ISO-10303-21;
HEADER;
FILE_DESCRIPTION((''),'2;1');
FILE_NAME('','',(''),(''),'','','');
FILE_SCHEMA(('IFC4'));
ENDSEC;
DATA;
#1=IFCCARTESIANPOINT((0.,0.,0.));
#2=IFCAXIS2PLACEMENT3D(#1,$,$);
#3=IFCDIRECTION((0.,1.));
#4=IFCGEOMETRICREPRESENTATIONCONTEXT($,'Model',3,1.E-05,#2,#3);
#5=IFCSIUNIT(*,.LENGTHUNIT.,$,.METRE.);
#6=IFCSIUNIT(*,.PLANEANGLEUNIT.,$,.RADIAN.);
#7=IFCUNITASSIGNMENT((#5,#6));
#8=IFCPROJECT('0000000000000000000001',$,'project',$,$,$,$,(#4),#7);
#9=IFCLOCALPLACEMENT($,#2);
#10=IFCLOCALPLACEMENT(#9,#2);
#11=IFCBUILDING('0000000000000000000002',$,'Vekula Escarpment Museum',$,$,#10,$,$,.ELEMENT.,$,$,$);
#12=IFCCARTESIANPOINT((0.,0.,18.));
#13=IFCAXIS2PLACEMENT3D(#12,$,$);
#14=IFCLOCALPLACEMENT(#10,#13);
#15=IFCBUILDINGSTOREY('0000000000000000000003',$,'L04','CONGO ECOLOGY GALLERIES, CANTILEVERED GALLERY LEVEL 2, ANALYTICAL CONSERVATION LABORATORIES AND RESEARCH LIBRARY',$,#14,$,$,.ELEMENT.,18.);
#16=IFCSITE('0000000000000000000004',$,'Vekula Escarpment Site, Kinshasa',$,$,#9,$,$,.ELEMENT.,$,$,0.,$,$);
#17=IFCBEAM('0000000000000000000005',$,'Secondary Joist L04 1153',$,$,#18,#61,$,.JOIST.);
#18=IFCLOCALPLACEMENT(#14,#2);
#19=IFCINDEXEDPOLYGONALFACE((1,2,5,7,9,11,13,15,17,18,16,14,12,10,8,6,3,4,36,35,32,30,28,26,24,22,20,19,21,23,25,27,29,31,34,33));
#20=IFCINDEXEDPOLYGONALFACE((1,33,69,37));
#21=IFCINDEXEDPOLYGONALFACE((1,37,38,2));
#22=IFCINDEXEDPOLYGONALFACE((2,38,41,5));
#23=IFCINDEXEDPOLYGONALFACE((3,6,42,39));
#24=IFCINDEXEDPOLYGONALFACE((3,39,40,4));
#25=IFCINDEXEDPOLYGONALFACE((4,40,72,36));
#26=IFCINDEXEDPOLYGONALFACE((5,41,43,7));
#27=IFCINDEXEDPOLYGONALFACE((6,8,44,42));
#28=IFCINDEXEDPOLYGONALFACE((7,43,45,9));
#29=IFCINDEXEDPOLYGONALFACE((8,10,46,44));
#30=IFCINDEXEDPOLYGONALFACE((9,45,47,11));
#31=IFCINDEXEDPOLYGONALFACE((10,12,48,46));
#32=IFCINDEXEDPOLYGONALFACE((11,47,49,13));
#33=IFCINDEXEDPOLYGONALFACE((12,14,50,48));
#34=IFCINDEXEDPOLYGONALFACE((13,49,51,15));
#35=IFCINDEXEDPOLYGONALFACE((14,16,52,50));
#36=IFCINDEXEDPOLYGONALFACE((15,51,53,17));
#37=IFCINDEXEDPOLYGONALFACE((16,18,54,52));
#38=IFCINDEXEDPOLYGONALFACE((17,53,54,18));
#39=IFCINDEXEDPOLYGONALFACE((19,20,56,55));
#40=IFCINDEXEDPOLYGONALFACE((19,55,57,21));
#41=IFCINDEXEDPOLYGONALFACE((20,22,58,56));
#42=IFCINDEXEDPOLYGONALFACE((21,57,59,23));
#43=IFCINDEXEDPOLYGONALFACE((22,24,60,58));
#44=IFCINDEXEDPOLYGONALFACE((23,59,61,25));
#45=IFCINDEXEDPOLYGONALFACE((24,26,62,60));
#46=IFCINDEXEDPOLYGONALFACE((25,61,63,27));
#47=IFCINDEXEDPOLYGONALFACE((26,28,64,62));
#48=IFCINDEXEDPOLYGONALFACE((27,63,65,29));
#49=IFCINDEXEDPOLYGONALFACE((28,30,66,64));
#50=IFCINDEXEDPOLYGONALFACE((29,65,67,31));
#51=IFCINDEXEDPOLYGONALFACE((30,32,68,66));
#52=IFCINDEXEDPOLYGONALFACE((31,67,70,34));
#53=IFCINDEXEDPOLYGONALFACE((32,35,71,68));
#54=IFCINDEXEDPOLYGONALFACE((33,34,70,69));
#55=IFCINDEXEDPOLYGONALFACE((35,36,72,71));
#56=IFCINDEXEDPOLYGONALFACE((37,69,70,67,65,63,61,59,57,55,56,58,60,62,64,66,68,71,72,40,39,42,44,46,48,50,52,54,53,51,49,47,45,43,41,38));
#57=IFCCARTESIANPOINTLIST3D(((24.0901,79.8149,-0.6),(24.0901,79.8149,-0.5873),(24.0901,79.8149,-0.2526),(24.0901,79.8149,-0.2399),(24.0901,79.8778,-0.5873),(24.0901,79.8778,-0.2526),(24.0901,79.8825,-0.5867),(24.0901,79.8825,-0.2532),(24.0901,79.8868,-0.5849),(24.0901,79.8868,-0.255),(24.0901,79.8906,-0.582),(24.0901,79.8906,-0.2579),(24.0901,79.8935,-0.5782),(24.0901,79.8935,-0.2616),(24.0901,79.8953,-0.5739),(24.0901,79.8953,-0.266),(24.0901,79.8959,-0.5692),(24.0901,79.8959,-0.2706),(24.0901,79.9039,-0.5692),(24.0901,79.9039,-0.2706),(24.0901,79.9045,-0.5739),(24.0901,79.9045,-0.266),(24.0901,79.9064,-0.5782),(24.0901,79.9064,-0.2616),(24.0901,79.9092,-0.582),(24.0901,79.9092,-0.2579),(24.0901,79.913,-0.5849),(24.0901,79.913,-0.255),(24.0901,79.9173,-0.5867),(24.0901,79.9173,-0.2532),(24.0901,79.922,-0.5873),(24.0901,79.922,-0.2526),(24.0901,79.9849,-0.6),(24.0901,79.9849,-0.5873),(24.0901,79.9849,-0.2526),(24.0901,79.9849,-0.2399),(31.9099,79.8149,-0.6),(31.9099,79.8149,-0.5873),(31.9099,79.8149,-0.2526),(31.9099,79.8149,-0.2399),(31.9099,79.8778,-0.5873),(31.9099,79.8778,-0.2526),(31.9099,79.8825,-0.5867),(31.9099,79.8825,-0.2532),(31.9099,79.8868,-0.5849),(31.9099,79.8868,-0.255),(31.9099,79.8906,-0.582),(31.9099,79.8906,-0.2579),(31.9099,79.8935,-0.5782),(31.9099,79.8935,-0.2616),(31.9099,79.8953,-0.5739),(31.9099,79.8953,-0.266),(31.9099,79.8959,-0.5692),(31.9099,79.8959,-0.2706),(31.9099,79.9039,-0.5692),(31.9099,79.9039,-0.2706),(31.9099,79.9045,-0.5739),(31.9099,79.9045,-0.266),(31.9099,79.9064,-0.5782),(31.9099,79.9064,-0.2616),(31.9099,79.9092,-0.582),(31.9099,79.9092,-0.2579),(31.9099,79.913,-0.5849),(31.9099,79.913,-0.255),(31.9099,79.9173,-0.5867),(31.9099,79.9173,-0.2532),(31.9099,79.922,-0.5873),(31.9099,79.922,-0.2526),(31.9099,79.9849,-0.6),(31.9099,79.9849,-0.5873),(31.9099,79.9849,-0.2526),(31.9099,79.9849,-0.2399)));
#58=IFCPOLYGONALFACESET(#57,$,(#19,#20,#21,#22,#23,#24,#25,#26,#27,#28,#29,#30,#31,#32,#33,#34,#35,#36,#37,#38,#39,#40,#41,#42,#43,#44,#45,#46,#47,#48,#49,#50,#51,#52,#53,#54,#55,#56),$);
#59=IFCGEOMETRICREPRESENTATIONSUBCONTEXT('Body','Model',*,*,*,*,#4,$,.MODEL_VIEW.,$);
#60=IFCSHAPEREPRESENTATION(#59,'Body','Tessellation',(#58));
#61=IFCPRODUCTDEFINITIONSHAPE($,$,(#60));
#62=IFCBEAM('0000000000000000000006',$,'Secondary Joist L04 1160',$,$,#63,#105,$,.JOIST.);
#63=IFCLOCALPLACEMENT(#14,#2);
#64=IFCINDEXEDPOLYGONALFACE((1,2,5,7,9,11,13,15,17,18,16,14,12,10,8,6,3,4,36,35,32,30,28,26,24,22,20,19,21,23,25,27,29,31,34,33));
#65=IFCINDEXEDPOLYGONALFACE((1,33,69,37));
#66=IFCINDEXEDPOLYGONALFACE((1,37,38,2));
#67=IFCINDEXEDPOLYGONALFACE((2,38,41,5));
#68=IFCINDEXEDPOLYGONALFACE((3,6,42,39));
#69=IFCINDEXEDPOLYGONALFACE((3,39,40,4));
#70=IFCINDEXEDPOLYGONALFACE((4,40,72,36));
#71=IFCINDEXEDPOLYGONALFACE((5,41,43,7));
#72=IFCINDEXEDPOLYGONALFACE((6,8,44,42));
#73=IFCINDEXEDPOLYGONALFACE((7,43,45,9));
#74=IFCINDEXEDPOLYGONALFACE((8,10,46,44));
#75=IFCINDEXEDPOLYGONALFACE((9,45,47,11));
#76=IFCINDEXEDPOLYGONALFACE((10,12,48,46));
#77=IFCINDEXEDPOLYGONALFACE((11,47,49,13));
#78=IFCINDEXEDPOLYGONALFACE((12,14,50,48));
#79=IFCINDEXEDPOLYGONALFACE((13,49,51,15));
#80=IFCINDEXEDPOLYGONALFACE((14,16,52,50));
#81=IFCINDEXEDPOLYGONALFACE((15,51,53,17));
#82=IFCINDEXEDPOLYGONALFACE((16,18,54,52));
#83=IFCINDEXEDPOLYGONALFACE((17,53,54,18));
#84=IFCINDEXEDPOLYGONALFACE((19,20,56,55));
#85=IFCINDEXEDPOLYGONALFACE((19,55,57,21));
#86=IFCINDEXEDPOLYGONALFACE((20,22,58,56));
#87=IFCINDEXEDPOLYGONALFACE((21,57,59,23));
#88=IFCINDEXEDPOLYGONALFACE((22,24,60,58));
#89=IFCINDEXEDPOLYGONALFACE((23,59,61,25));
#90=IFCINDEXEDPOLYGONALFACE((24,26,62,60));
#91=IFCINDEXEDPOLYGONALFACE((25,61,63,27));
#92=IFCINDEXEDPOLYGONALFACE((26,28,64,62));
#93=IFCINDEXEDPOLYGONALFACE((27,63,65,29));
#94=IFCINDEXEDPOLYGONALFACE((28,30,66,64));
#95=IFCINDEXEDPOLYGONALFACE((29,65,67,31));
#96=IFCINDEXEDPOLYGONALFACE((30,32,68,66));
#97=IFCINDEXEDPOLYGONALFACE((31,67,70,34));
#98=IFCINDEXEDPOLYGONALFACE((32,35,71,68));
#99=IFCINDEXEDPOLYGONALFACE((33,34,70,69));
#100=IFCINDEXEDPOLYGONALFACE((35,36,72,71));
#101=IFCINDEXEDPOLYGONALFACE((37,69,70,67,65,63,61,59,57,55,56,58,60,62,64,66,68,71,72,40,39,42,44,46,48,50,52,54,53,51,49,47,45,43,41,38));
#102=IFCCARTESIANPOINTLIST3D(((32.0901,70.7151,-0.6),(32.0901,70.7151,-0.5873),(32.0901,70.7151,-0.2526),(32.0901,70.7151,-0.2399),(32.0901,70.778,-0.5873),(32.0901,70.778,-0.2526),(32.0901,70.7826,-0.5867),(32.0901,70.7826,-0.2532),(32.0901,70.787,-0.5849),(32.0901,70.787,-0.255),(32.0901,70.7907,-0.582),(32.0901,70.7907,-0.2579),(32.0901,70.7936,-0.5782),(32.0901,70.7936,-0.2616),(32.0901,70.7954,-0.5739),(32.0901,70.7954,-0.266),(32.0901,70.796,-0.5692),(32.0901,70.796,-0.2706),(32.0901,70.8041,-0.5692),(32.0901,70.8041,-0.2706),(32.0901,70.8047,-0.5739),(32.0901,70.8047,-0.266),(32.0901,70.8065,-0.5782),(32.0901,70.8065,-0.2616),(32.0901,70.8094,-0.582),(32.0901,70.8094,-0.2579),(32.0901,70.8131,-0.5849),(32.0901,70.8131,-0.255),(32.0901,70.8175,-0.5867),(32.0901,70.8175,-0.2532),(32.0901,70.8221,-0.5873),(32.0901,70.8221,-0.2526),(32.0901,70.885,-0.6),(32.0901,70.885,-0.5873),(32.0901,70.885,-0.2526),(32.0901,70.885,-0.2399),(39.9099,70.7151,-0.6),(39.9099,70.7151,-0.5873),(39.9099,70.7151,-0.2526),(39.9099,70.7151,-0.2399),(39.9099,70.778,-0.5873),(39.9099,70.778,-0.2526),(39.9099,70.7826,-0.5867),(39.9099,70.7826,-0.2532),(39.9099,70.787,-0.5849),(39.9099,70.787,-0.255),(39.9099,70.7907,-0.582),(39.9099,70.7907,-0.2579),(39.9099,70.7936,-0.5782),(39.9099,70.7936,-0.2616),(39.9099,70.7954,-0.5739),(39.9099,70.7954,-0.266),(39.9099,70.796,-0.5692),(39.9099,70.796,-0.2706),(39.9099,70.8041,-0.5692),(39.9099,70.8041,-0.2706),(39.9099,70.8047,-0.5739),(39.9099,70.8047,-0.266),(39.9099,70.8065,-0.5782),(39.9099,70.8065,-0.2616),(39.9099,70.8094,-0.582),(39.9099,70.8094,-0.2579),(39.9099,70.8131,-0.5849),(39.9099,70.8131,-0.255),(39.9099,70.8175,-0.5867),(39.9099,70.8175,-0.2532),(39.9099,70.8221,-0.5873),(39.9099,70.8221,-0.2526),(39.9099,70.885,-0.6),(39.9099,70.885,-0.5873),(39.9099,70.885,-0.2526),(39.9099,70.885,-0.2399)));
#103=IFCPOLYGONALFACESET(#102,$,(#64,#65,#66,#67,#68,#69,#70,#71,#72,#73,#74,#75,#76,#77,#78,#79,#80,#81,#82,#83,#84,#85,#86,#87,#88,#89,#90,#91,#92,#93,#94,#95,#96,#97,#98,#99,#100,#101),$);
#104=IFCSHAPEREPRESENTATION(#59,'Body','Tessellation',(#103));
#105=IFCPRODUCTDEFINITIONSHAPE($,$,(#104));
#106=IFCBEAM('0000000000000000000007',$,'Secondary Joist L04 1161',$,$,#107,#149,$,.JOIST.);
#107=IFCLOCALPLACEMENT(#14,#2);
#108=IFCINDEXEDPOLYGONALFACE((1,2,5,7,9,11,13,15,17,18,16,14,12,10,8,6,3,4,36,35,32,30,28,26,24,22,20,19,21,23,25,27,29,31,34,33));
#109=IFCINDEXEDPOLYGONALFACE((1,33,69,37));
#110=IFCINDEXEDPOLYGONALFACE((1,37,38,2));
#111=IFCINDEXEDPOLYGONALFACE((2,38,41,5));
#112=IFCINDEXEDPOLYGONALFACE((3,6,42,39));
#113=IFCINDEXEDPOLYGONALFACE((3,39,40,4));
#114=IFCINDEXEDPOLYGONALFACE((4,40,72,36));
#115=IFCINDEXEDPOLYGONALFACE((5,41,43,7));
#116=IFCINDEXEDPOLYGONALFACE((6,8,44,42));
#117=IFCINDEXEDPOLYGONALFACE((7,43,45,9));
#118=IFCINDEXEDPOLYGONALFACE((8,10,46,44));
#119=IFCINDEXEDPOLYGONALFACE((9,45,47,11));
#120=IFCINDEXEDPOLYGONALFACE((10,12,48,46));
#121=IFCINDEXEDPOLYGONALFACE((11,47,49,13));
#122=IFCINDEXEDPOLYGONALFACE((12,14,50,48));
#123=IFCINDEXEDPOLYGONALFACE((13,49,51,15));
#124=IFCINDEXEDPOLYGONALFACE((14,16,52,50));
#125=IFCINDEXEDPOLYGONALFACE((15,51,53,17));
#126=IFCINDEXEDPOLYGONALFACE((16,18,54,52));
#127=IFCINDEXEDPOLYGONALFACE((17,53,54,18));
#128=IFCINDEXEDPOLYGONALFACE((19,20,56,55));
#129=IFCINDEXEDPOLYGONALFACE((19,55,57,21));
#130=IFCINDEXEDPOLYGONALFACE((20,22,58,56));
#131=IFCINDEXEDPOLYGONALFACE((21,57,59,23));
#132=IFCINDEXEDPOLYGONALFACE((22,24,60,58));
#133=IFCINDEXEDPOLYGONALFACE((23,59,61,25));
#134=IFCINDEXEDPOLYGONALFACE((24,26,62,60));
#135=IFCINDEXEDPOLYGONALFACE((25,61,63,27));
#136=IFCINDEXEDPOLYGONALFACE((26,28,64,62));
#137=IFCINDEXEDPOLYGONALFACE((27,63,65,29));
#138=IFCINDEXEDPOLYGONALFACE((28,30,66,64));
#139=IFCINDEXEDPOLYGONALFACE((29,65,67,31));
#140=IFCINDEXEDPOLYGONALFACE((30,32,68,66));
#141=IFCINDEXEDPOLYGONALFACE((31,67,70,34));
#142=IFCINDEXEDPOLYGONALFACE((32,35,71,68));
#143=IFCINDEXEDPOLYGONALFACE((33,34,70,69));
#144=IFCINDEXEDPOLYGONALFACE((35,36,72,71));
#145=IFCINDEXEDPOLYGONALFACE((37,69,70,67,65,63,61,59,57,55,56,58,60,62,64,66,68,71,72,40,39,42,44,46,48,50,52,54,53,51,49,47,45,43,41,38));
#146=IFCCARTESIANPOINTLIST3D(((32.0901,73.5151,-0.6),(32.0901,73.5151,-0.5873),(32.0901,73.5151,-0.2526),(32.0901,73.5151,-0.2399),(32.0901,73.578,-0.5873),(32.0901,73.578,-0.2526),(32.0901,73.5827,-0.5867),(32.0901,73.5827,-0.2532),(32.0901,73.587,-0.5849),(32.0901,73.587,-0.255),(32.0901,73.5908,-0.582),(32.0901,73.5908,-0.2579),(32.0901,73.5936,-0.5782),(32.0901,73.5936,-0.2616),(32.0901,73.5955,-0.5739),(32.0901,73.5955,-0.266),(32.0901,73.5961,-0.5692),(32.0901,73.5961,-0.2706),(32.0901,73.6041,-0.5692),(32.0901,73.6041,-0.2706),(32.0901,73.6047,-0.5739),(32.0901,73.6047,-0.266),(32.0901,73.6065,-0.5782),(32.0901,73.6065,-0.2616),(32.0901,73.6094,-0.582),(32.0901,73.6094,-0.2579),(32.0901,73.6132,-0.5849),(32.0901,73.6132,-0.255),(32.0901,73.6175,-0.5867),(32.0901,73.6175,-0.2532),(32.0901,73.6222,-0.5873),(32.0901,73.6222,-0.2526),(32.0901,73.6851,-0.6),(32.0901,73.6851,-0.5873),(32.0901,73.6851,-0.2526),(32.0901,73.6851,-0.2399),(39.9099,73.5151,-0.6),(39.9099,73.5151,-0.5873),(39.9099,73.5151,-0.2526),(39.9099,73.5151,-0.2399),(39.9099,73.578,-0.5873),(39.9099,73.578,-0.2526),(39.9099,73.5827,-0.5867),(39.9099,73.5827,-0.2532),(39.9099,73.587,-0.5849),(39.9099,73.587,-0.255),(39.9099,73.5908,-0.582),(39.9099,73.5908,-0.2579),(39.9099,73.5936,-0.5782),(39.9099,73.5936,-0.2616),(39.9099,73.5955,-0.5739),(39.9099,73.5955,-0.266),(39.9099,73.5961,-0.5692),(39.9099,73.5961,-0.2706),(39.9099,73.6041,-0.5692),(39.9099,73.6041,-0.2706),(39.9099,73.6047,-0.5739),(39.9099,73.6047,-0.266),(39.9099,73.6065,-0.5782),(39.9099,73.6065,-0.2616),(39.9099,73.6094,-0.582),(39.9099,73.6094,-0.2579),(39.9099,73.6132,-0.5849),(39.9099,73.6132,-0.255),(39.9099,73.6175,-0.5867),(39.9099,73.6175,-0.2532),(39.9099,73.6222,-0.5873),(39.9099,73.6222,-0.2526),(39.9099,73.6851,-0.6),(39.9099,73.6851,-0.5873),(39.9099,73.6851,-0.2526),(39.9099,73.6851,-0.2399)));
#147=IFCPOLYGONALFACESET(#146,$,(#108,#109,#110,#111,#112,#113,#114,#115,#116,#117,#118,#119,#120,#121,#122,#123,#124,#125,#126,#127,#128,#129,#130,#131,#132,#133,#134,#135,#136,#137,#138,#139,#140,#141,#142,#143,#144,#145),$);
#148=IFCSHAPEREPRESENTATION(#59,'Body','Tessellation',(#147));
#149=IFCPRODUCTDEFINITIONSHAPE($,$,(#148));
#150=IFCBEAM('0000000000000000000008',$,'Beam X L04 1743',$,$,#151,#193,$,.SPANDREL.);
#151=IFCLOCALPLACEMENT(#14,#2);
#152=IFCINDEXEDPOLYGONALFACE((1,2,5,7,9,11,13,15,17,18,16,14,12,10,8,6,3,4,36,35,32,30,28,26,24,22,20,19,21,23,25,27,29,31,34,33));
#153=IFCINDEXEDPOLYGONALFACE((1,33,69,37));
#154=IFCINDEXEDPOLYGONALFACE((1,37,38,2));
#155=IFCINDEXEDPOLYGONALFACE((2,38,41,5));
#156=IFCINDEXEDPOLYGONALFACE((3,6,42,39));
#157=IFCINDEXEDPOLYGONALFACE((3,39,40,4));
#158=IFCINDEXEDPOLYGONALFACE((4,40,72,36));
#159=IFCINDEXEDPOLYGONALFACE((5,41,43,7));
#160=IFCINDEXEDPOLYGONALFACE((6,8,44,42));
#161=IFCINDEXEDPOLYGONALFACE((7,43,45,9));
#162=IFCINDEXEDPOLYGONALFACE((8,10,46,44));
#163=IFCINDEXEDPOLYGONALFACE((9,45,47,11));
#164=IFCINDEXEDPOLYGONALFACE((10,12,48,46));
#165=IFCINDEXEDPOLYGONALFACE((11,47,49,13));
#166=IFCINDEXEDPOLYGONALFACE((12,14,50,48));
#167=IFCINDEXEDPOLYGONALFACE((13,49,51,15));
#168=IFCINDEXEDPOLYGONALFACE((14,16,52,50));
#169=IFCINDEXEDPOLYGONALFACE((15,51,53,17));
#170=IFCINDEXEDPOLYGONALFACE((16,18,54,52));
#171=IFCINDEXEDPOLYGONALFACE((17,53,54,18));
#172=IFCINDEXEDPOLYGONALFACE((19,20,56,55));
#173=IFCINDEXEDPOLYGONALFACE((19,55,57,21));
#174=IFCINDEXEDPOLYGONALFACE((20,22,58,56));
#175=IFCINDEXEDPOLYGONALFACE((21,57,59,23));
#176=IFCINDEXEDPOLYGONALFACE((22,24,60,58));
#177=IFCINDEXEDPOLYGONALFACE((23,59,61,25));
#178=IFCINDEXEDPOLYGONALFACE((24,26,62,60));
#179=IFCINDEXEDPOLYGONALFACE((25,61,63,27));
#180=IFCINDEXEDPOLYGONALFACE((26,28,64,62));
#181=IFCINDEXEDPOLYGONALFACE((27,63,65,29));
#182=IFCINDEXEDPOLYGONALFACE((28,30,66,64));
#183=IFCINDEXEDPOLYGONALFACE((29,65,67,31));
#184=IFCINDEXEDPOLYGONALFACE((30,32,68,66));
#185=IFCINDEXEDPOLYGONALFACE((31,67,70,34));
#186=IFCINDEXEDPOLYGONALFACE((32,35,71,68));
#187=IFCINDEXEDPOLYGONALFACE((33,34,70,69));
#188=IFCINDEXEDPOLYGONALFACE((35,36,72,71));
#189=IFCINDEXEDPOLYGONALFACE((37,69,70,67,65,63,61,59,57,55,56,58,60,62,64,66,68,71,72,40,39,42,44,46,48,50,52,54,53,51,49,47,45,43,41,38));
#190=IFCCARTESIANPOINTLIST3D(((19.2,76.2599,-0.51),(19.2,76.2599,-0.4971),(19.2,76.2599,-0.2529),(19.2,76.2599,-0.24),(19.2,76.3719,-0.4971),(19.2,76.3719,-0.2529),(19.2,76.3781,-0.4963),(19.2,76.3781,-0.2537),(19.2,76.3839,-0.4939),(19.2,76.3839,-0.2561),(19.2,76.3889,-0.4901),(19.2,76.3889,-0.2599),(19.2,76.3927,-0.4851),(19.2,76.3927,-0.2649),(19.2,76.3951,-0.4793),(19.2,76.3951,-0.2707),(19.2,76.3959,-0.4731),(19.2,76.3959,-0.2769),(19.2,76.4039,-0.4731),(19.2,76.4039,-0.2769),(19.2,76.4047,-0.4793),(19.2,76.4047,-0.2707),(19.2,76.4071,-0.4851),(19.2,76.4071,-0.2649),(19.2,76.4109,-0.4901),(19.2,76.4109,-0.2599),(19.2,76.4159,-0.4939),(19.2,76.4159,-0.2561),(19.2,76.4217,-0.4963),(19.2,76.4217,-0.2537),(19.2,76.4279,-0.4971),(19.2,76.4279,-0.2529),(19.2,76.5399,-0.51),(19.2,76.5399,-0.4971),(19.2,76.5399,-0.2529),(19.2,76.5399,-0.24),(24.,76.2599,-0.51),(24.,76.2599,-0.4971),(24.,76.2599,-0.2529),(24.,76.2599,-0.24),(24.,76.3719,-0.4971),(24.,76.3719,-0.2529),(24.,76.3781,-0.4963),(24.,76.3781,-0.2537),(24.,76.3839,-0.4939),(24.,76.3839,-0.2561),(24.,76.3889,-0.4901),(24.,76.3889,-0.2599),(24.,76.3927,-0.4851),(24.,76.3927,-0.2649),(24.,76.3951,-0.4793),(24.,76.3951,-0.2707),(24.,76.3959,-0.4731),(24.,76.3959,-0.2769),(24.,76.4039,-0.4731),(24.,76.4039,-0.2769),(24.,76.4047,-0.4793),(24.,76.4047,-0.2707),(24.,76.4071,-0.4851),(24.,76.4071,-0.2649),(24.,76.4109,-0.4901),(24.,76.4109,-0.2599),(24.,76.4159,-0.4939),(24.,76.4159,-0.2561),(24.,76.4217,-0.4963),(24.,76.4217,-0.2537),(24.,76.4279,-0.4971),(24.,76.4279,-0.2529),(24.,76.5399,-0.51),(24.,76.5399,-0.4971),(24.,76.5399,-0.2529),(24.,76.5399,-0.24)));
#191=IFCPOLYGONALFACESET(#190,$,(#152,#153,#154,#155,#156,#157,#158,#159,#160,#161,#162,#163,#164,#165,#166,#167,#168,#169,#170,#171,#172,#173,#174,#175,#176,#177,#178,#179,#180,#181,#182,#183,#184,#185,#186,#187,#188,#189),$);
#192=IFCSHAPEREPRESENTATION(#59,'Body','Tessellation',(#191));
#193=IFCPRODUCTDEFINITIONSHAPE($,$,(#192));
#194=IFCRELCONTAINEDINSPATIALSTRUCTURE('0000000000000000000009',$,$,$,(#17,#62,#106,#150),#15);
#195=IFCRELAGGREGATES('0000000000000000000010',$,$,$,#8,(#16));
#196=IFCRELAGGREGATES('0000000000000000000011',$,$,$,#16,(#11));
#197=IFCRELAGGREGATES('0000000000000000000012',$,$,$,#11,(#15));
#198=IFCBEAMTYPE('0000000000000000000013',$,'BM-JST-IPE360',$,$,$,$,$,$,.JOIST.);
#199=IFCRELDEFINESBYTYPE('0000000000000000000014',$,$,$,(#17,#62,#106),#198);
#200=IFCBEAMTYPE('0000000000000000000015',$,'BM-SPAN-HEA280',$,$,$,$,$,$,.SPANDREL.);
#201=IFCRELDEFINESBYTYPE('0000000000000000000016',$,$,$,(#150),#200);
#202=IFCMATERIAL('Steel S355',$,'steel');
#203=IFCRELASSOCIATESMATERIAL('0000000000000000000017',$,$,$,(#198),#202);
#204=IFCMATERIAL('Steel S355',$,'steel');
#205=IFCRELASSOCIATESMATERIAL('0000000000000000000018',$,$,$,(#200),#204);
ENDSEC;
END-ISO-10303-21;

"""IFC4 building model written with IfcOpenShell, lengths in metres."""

from ifc_helpers import new_model, si_unit, direction, frame, origin, origin_2d, place, context, subcontext, project, spatial, i_section, extrude, material, material_profile, profile_set, type_object, element, save


model = new_model("IFC4")

# Units and contexts
model_context = context("Model", 3, precision=1e-05, world=origin(), true_north=direction((0.0, 1.0)))
body_context = subcontext(model_context, "Body", "Model", "MODEL_VIEW")
ifc_project = project(units=[si_unit("LENGTHUNIT", "METRE"), si_unit("PLANEANGLEUNIT", "RADIAN")], contexts=[model_context])

# Site, building, storey
site_placement = place(None, origin())
site = spatial("IfcSite", under=ifc_project, at=site_placement, Name="Vekula Escarpment Site, Kinshasa", CompositionType="ELEMENT", RefElevation=0.0)
building_placement = place(site_placement, origin())
building = spatial("IfcBuilding", under=site, at=building_placement, Name="Vekula Escarpment Museum", CompositionType="ELEMENT")
storey_placement = place(building_placement, frame((0.0, 0.0, 18.0)))
storey = spatial("IfcBuildingStorey", under=building, at=storey_placement, Name="L04", Description="CONGO ECOLOGY GALLERIES, CANTILEVERED GALLERY LEVEL 2, ANALYTICAL CONSERVATION LABORATORIES AND RESEARCH LIBRARY", CompositionType="ELEMENT", Elevation=18.0)

# Beams
ifc_material_1 = material(Name="Steel S355", Category="steel")
ifc_material_profile_1 = material_profile(ifc_material_1, i_section(OverallWidth=0.1699, OverallDepth=0.3601, WebThickness=0.0081, FlangeThickness=0.0127, FilletRadius=0.0181, at=origin_2d()), Name="IPE 360")
ifc_profile_set_1 = profile_set([ifc_material_profile_1], Name="Steel S355")
beam_type_1 = type_object("IfcBeamType", Name="BM-JST-IPE360", PredefinedType="JOIST", material=ifc_profile_set_1)
for number, where, z_axis, x_axis, name in (
    (1, (24.0901, 79.8999, -0.4199), (1.0, 0.0, 0.0), (0.0, 1.0, 0.0), "Secondary Joist L04 1153"),
    (2, (32.0901, 70.8, -0.4199), (1.0, 0.0, 0.0), (0.0, 1.0, 0.0), "Secondary Joist L04 1160"),
    (3, (32.0901, 73.6001, -0.4199), (1.0, 0.0, 0.0), (0.0, 1.0, 0.0), "Secondary Joist L04 1161"),
):
    element("IfcBeam", number, at=place(storey_placement, frame(where, z_axis=z_axis, x_axis=x_axis)), inside=storey, type_object=beam_type_1, Name=name, PredefinedType="JOIST", context=body_context, shape_type="SweptSolid", body=[
        extrude(i_section(OverallWidth=0.1699, OverallDepth=0.3601, WebThickness=0.0081, FlangeThickness=0.0127, FilletRadius=0.0181, at=origin_2d()), origin(), (0.0, 0.0, 1.0), 7.8198),
    ])
ifc_material_2 = material(Name="Steel S355", Category="steel")
ifc_material_profile_2 = material_profile(ifc_material_2, i_section(OverallWidth=0.28, OverallDepth=0.27, WebThickness=0.0081, FlangeThickness=0.0129, FilletRadius=0.0239, at=origin_2d()), Name="HEA 280")
ifc_profile_set_2 = profile_set([ifc_material_profile_2], Name="Steel S355")
beam_type_2 = type_object("IfcBeamType", Name="BM-SPAN-HEA280", PredefinedType="SPANDREL", material=ifc_profile_set_2)
beam_1_placement = place(storey_placement, frame((19.2, 76.3999, -0.375), z_axis=(1.0, 0.0, 0.0), x_axis=(0.0, 1.0, 0.0)))
element("IfcBeam", 4, at=beam_1_placement, inside=storey, type_object=beam_type_2, Name="Beam X L04 1743", PredefinedType="SPANDREL", context=body_context, shape_type="SweptSolid", body=[
    extrude(i_section(OverallWidth=0.28, OverallDepth=0.27, WebThickness=0.0081, FlangeThickness=0.0129, FilletRadius=0.0239, at=origin_2d()), origin(), (0.0, 0.0, 1.0), 4.8),
])

save(model, "model.ifc")
